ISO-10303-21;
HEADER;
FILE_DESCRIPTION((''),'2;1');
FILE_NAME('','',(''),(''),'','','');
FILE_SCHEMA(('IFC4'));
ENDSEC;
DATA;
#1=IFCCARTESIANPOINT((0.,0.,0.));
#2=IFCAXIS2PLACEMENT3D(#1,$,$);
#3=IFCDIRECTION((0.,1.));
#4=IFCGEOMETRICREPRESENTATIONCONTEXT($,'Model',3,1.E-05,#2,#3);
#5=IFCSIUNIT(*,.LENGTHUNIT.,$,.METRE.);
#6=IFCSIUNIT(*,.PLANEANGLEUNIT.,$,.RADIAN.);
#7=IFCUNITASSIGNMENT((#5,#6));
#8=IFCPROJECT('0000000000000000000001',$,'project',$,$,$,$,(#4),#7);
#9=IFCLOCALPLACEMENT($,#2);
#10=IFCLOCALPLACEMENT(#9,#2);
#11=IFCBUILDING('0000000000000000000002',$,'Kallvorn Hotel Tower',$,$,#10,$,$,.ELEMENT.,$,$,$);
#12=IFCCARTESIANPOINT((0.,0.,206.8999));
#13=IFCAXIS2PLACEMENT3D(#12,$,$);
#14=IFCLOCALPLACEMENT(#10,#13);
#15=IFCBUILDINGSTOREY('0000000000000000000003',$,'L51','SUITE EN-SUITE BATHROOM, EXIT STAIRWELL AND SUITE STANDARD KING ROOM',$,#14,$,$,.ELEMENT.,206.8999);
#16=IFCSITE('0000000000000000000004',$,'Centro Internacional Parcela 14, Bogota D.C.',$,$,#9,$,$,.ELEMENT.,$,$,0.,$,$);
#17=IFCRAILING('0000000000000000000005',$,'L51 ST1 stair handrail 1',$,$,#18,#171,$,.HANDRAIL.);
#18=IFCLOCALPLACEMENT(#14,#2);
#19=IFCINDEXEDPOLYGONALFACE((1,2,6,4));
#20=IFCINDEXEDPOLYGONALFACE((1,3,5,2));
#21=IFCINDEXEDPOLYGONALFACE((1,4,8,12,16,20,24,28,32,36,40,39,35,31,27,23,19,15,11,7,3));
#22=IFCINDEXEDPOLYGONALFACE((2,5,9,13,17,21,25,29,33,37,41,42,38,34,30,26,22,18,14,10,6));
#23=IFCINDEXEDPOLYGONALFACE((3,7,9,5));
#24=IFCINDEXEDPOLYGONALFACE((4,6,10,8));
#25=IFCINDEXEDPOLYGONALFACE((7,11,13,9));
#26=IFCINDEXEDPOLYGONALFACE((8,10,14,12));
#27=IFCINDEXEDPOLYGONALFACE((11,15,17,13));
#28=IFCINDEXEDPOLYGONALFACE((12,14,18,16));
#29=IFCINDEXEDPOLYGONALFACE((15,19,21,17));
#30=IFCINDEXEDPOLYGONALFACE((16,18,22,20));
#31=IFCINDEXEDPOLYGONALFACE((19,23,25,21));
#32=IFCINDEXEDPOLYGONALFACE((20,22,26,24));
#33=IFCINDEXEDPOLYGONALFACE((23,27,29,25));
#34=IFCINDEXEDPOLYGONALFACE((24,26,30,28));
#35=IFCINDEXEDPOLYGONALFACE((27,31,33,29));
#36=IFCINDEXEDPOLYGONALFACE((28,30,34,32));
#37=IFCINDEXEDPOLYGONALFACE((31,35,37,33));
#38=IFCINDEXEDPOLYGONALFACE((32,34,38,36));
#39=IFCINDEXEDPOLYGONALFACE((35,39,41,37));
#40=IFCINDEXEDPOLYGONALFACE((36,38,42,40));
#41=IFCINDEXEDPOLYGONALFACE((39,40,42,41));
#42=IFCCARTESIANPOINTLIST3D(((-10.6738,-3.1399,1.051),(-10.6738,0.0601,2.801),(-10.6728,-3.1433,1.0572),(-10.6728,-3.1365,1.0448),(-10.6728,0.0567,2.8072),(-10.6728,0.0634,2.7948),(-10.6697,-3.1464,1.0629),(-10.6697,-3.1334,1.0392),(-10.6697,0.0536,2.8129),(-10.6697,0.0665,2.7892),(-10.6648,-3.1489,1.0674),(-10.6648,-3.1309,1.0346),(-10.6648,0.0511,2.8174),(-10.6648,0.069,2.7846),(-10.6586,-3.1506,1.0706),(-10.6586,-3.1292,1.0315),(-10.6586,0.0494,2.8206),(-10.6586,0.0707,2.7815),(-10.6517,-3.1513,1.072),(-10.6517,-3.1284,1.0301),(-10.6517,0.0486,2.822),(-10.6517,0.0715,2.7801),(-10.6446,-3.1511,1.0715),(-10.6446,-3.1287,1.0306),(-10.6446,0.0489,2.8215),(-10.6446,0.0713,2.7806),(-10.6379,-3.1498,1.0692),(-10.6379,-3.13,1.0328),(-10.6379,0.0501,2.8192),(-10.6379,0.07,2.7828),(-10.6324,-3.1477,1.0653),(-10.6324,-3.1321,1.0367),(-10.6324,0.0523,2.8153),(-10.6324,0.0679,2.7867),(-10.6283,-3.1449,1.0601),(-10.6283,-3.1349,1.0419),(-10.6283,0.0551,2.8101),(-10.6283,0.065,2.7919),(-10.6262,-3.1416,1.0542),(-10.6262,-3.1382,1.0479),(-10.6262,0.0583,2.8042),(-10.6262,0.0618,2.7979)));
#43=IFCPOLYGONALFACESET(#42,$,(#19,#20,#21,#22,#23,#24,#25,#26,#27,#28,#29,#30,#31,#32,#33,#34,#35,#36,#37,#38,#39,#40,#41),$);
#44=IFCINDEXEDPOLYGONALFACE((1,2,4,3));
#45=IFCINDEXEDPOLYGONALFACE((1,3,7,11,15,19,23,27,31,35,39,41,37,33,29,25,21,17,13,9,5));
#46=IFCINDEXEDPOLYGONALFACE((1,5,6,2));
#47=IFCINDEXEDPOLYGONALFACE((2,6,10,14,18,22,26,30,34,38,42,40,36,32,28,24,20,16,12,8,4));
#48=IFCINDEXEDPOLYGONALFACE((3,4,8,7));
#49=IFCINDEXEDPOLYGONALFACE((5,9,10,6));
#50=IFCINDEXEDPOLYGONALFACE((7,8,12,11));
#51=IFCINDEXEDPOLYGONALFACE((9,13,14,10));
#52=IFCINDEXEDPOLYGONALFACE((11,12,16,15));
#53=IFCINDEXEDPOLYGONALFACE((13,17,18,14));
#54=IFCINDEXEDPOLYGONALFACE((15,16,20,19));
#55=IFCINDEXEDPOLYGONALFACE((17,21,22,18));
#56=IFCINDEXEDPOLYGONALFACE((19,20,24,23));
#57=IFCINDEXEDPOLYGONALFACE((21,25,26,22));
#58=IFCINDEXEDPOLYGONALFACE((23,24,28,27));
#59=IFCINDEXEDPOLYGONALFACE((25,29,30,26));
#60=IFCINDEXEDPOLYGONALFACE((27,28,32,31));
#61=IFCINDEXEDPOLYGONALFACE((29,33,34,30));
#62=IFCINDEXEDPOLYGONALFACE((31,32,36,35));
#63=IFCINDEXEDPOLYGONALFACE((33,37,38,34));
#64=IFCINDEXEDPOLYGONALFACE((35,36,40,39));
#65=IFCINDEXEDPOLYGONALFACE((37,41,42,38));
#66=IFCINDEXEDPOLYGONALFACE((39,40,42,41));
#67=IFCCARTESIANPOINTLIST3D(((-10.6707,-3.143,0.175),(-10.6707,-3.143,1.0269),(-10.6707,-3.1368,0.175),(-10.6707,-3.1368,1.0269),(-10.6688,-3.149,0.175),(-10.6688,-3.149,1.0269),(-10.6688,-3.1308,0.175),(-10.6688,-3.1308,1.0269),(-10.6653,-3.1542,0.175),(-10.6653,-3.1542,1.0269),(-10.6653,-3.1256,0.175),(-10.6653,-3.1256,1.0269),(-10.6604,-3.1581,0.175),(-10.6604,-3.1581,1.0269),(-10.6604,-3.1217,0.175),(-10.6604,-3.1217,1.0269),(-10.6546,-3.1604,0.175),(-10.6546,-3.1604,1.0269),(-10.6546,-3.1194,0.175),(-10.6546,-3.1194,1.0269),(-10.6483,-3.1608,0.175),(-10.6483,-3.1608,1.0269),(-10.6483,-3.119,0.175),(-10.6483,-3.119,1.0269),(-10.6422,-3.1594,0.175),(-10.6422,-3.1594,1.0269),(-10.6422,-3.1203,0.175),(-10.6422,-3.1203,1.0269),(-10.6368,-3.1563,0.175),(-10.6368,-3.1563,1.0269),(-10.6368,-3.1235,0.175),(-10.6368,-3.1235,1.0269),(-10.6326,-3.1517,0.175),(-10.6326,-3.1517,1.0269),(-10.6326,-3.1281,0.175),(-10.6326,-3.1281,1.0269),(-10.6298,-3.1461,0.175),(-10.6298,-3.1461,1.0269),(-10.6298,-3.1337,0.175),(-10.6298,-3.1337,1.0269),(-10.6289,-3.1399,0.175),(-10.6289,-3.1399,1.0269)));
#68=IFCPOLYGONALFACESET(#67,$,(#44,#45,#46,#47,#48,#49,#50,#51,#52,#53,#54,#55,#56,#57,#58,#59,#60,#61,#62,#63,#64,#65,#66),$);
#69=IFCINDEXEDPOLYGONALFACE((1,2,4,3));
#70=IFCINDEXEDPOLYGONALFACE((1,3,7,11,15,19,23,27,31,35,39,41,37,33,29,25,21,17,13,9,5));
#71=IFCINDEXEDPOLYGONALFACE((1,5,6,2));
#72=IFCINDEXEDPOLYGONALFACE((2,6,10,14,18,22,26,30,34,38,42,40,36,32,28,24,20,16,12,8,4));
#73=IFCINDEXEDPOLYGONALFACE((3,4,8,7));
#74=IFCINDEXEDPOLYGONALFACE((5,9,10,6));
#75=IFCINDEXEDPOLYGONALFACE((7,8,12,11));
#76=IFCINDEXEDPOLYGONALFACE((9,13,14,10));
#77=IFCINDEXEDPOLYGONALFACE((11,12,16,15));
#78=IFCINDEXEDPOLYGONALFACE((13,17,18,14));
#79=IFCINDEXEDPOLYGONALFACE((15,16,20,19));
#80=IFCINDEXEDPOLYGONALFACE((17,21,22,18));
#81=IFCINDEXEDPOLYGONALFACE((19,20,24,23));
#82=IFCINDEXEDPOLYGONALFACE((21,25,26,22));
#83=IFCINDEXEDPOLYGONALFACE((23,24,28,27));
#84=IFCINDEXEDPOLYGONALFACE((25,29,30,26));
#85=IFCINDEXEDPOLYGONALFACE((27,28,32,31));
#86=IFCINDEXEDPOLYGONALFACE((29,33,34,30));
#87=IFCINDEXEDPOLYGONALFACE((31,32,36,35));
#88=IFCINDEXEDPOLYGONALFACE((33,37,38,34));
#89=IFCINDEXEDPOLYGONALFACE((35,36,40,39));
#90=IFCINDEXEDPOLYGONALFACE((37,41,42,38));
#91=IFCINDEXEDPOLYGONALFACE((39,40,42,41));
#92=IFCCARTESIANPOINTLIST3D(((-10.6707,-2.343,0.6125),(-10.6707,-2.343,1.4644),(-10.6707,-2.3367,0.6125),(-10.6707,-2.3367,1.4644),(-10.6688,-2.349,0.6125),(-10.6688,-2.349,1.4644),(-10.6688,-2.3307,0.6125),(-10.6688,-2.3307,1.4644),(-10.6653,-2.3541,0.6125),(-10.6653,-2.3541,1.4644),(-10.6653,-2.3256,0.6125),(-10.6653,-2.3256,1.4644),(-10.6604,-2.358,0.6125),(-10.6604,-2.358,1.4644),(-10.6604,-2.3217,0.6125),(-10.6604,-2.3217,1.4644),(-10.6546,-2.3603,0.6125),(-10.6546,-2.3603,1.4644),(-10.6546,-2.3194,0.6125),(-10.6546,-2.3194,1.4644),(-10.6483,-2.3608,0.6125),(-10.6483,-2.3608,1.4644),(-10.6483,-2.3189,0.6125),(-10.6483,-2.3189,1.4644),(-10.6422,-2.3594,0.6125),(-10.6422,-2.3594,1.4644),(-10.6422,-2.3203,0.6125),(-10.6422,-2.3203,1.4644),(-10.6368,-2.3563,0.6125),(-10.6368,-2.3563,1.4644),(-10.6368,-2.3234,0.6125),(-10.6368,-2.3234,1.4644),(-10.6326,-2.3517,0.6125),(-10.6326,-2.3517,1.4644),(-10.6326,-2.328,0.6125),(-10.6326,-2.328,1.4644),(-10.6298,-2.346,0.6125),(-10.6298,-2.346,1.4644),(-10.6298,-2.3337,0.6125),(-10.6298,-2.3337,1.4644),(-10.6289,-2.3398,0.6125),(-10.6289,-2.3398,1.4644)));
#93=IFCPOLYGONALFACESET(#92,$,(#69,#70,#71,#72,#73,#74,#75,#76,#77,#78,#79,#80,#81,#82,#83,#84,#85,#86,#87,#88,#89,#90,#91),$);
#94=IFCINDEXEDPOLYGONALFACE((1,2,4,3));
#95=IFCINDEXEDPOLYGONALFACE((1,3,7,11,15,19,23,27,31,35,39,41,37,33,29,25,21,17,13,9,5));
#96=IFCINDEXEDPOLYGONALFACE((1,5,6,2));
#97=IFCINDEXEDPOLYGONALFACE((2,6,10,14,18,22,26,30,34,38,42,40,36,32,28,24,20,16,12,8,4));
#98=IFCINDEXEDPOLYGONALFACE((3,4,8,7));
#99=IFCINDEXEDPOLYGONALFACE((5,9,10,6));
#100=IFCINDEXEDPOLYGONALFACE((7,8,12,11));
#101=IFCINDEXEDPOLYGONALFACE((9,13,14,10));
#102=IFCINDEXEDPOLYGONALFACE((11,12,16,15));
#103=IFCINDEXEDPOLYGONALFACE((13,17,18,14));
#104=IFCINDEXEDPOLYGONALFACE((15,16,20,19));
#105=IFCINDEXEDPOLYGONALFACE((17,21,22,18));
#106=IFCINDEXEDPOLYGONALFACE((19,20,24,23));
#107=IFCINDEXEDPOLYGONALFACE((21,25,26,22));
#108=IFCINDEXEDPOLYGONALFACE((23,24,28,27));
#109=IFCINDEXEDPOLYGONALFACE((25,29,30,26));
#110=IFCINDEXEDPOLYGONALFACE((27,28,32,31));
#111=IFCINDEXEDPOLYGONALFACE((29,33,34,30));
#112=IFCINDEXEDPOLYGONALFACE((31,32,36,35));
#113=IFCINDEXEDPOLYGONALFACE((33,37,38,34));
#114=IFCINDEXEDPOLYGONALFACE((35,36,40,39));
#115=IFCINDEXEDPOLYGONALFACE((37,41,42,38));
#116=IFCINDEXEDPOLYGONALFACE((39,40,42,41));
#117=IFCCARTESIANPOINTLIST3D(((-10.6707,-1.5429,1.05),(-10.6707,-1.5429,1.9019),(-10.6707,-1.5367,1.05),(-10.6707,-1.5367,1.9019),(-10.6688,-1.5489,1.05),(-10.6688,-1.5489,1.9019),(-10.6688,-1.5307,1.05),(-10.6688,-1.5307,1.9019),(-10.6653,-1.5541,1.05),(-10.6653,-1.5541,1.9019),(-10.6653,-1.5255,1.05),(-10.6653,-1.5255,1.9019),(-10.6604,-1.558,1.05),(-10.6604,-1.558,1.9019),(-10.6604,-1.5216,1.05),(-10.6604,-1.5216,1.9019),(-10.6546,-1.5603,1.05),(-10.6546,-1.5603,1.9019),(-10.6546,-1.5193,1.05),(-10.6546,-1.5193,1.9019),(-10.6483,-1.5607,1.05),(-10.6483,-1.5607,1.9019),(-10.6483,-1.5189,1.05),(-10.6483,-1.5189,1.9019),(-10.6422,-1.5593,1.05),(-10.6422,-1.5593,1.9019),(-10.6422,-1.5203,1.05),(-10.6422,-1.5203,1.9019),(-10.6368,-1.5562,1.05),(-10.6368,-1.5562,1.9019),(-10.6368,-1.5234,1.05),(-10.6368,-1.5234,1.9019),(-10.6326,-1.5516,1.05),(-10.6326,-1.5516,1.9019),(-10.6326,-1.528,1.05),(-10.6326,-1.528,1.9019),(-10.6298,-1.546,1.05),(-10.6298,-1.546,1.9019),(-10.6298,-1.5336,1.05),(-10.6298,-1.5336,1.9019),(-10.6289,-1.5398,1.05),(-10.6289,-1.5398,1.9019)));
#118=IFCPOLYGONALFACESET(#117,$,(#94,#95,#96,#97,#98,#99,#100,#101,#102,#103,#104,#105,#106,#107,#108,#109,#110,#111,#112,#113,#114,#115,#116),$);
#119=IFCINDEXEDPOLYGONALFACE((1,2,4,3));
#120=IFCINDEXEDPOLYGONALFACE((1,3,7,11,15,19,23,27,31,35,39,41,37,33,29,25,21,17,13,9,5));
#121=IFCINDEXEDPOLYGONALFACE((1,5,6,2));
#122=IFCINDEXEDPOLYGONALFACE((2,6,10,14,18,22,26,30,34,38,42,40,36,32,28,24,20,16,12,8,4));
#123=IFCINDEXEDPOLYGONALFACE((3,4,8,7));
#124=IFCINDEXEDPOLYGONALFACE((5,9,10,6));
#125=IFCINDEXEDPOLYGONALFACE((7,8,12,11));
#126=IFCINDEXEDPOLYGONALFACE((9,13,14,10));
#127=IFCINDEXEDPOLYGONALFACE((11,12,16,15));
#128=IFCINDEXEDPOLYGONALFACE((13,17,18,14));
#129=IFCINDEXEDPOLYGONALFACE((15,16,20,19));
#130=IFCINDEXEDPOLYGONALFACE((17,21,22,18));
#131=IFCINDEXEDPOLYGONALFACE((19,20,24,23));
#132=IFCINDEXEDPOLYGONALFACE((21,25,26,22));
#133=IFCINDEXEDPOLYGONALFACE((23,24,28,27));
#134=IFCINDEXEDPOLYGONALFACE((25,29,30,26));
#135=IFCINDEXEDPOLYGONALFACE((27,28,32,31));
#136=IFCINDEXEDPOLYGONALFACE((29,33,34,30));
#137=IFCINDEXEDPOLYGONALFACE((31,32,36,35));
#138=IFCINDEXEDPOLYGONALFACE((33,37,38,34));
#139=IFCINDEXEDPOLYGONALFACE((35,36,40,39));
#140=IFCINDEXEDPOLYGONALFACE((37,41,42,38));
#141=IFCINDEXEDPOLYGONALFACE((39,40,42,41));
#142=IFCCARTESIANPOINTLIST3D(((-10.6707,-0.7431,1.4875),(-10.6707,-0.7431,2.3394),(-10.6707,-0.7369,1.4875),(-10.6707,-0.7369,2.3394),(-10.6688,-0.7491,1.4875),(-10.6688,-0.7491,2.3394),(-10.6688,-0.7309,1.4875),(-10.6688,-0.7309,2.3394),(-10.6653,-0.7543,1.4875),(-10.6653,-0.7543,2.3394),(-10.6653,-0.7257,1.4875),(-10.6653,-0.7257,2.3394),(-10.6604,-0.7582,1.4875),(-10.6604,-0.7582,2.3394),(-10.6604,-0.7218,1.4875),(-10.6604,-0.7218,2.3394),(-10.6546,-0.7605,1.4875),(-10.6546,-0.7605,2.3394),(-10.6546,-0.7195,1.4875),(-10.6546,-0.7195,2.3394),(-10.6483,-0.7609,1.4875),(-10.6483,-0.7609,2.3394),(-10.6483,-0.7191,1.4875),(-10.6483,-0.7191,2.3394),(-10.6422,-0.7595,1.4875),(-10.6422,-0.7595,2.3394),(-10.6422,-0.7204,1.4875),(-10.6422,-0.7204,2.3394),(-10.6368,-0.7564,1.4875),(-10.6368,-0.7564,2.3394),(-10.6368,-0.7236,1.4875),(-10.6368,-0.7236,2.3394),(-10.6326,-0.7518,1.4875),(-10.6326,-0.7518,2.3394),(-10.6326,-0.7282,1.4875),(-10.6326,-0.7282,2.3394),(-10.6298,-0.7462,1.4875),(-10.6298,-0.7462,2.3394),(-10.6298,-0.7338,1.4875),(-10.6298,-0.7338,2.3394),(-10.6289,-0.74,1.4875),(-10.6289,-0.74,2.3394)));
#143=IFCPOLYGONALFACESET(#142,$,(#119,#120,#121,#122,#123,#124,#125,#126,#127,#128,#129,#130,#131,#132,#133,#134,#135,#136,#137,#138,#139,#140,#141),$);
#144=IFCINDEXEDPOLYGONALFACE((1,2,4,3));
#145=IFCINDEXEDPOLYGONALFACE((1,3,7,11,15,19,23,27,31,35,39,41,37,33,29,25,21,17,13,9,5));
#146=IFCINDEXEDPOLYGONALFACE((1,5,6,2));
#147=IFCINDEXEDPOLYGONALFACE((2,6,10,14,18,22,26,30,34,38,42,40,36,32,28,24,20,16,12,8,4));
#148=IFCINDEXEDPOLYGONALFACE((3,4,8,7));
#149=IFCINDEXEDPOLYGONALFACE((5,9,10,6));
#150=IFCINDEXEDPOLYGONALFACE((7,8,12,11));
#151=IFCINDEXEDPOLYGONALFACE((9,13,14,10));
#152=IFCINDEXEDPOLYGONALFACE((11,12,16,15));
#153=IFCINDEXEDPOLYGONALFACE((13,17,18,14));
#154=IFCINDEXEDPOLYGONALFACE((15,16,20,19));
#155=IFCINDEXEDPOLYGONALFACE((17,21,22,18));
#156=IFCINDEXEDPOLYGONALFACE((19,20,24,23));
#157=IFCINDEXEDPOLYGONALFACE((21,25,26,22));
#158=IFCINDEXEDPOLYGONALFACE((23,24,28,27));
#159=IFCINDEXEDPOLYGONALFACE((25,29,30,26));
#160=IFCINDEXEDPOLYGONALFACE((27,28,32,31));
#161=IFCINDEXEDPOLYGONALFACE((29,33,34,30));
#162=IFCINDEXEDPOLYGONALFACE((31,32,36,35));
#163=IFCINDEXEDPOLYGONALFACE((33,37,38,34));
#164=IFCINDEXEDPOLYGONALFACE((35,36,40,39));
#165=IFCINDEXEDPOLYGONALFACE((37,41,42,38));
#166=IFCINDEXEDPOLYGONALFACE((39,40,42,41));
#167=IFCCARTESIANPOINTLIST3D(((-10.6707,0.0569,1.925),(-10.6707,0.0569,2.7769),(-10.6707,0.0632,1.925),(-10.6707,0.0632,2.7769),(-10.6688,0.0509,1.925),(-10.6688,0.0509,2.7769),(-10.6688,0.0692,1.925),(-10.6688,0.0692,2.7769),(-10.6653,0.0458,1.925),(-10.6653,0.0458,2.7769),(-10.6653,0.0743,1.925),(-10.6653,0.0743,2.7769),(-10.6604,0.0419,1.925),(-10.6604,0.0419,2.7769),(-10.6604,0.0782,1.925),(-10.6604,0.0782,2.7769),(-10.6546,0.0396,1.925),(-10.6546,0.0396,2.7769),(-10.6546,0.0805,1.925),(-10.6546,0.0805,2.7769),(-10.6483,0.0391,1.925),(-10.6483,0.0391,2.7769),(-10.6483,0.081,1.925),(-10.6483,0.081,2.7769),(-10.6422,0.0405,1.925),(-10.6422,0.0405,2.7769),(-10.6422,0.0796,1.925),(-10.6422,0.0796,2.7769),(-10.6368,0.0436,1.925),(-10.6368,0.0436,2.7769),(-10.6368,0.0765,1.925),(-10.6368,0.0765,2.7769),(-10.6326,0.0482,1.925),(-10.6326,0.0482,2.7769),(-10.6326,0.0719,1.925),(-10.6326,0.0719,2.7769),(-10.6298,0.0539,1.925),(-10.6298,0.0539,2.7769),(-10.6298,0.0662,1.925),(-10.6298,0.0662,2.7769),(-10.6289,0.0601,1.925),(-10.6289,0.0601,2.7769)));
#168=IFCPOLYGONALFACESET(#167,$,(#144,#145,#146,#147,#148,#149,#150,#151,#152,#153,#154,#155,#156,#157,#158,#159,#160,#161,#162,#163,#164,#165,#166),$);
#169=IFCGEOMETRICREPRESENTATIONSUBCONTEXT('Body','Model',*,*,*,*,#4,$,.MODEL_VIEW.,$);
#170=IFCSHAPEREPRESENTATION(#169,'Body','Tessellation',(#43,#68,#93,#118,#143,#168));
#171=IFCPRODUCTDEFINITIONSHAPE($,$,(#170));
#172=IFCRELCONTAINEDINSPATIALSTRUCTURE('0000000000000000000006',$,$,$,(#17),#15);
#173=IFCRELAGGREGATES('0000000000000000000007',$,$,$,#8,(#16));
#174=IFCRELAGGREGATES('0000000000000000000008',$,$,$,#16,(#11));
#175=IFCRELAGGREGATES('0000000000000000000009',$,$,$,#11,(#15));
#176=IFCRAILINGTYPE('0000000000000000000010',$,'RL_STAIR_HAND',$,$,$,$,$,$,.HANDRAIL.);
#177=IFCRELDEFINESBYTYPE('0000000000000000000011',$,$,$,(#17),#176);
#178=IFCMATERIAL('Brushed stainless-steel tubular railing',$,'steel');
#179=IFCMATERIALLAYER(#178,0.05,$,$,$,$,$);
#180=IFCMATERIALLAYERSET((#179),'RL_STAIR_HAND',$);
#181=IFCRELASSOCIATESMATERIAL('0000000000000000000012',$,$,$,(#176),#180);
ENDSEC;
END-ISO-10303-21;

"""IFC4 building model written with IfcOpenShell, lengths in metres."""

from ifc_helpers import new_model, si_unit, direction, frame, origin, origin_2d, place, context, subcontext, project, spatial, circle, extrude, material, layer, layer_set, type_object, element, save


model = new_model("IFC4")

# Units and contexts
model_context = context("Model", 3, precision=1e-05, world=origin(), true_north=direction((0.0, 1.0)))
body_context = subcontext(model_context, "Body", "Model", "MODEL_VIEW")
ifc_project = project(units=[si_unit("LENGTHUNIT", "METRE"), si_unit("PLANEANGLEUNIT", "RADIAN")], contexts=[model_context])

# Site, building, storey
site_placement = place(None, origin())
site = spatial("IfcSite", under=ifc_project, at=site_placement, Name="Centro Internacional Parcela 14, Bogota D.C.", CompositionType="ELEMENT", RefElevation=0.0)
building_placement = place(site_placement, origin())
building = spatial("IfcBuilding", under=site, at=building_placement, Name="Kallvorn Hotel Tower", CompositionType="ELEMENT")
storey_placement = place(building_placement, frame((0.0, 0.0, 206.8999)))
storey = spatial("IfcBuildingStorey", under=building, at=storey_placement, Name="L51", Description="SUITE EN-SUITE BATHROOM, EXIT STAIRWELL AND SUITE STANDARD KING ROOM", CompositionType="ELEMENT", Elevation=206.8999)

# Railing
ifc_material_1 = material(Name="Brushed stainless-steel tubular railing", Category="steel")
ifc_layer_1 = layer(ifc_material_1, 0.05)
ifc_layer_set_1 = layer_set([ifc_layer_1], Name="RL_STAIR_HAND")
railing_type_1 = type_object("IfcRailingType", Name="RL_STAIR_HAND", PredefinedType="HANDRAIL", material=ifc_layer_set_1)
railing_1_placement = place(storey_placement, frame((-10.6499, -3.1399, 0.175)))
element("IfcRailing", 1, at=railing_1_placement, inside=storey, type_object=railing_type_1, Name="L51 ST1 stair handrail 1", PredefinedType="HANDRAIL", context=body_context, shape_type="SweptSolid", body=[
    extrude(circle(Radius=0.0239, at=origin_2d()), frame((0.0, 0.0, 0.876), z_axis=(0.0, 0.877368, 0.479818), x_axis=(-1.0, 0.0, 0.0)), (0.0, 0.0, 1.0), 3.6472),
    extrude(circle(Radius=0.021, at=origin_2d()), origin(), (0.0, 0.0, 1.0), 0.8518),
    extrude(circle(Radius=0.021, at=origin_2d()), frame((0.0, 0.8, 0.4375)), (0.0, 0.0, 1.0), 0.8518),
    extrude(circle(Radius=0.021, at=origin_2d()), frame((0.0, 1.6001, 0.875)), (0.0, 0.0, 1.0), 0.8518),
    extrude(circle(Radius=0.021, at=origin_2d()), frame((0.0, 2.3999, 1.3125)), (0.0, 0.0, 1.0), 0.8518),
    extrude(circle(Radius=0.021, at=origin_2d()), frame((0.0, 3.2, 1.75)), (0.0, 0.0, 1.0), 0.8518),
])

save(model, "model.ifc")
